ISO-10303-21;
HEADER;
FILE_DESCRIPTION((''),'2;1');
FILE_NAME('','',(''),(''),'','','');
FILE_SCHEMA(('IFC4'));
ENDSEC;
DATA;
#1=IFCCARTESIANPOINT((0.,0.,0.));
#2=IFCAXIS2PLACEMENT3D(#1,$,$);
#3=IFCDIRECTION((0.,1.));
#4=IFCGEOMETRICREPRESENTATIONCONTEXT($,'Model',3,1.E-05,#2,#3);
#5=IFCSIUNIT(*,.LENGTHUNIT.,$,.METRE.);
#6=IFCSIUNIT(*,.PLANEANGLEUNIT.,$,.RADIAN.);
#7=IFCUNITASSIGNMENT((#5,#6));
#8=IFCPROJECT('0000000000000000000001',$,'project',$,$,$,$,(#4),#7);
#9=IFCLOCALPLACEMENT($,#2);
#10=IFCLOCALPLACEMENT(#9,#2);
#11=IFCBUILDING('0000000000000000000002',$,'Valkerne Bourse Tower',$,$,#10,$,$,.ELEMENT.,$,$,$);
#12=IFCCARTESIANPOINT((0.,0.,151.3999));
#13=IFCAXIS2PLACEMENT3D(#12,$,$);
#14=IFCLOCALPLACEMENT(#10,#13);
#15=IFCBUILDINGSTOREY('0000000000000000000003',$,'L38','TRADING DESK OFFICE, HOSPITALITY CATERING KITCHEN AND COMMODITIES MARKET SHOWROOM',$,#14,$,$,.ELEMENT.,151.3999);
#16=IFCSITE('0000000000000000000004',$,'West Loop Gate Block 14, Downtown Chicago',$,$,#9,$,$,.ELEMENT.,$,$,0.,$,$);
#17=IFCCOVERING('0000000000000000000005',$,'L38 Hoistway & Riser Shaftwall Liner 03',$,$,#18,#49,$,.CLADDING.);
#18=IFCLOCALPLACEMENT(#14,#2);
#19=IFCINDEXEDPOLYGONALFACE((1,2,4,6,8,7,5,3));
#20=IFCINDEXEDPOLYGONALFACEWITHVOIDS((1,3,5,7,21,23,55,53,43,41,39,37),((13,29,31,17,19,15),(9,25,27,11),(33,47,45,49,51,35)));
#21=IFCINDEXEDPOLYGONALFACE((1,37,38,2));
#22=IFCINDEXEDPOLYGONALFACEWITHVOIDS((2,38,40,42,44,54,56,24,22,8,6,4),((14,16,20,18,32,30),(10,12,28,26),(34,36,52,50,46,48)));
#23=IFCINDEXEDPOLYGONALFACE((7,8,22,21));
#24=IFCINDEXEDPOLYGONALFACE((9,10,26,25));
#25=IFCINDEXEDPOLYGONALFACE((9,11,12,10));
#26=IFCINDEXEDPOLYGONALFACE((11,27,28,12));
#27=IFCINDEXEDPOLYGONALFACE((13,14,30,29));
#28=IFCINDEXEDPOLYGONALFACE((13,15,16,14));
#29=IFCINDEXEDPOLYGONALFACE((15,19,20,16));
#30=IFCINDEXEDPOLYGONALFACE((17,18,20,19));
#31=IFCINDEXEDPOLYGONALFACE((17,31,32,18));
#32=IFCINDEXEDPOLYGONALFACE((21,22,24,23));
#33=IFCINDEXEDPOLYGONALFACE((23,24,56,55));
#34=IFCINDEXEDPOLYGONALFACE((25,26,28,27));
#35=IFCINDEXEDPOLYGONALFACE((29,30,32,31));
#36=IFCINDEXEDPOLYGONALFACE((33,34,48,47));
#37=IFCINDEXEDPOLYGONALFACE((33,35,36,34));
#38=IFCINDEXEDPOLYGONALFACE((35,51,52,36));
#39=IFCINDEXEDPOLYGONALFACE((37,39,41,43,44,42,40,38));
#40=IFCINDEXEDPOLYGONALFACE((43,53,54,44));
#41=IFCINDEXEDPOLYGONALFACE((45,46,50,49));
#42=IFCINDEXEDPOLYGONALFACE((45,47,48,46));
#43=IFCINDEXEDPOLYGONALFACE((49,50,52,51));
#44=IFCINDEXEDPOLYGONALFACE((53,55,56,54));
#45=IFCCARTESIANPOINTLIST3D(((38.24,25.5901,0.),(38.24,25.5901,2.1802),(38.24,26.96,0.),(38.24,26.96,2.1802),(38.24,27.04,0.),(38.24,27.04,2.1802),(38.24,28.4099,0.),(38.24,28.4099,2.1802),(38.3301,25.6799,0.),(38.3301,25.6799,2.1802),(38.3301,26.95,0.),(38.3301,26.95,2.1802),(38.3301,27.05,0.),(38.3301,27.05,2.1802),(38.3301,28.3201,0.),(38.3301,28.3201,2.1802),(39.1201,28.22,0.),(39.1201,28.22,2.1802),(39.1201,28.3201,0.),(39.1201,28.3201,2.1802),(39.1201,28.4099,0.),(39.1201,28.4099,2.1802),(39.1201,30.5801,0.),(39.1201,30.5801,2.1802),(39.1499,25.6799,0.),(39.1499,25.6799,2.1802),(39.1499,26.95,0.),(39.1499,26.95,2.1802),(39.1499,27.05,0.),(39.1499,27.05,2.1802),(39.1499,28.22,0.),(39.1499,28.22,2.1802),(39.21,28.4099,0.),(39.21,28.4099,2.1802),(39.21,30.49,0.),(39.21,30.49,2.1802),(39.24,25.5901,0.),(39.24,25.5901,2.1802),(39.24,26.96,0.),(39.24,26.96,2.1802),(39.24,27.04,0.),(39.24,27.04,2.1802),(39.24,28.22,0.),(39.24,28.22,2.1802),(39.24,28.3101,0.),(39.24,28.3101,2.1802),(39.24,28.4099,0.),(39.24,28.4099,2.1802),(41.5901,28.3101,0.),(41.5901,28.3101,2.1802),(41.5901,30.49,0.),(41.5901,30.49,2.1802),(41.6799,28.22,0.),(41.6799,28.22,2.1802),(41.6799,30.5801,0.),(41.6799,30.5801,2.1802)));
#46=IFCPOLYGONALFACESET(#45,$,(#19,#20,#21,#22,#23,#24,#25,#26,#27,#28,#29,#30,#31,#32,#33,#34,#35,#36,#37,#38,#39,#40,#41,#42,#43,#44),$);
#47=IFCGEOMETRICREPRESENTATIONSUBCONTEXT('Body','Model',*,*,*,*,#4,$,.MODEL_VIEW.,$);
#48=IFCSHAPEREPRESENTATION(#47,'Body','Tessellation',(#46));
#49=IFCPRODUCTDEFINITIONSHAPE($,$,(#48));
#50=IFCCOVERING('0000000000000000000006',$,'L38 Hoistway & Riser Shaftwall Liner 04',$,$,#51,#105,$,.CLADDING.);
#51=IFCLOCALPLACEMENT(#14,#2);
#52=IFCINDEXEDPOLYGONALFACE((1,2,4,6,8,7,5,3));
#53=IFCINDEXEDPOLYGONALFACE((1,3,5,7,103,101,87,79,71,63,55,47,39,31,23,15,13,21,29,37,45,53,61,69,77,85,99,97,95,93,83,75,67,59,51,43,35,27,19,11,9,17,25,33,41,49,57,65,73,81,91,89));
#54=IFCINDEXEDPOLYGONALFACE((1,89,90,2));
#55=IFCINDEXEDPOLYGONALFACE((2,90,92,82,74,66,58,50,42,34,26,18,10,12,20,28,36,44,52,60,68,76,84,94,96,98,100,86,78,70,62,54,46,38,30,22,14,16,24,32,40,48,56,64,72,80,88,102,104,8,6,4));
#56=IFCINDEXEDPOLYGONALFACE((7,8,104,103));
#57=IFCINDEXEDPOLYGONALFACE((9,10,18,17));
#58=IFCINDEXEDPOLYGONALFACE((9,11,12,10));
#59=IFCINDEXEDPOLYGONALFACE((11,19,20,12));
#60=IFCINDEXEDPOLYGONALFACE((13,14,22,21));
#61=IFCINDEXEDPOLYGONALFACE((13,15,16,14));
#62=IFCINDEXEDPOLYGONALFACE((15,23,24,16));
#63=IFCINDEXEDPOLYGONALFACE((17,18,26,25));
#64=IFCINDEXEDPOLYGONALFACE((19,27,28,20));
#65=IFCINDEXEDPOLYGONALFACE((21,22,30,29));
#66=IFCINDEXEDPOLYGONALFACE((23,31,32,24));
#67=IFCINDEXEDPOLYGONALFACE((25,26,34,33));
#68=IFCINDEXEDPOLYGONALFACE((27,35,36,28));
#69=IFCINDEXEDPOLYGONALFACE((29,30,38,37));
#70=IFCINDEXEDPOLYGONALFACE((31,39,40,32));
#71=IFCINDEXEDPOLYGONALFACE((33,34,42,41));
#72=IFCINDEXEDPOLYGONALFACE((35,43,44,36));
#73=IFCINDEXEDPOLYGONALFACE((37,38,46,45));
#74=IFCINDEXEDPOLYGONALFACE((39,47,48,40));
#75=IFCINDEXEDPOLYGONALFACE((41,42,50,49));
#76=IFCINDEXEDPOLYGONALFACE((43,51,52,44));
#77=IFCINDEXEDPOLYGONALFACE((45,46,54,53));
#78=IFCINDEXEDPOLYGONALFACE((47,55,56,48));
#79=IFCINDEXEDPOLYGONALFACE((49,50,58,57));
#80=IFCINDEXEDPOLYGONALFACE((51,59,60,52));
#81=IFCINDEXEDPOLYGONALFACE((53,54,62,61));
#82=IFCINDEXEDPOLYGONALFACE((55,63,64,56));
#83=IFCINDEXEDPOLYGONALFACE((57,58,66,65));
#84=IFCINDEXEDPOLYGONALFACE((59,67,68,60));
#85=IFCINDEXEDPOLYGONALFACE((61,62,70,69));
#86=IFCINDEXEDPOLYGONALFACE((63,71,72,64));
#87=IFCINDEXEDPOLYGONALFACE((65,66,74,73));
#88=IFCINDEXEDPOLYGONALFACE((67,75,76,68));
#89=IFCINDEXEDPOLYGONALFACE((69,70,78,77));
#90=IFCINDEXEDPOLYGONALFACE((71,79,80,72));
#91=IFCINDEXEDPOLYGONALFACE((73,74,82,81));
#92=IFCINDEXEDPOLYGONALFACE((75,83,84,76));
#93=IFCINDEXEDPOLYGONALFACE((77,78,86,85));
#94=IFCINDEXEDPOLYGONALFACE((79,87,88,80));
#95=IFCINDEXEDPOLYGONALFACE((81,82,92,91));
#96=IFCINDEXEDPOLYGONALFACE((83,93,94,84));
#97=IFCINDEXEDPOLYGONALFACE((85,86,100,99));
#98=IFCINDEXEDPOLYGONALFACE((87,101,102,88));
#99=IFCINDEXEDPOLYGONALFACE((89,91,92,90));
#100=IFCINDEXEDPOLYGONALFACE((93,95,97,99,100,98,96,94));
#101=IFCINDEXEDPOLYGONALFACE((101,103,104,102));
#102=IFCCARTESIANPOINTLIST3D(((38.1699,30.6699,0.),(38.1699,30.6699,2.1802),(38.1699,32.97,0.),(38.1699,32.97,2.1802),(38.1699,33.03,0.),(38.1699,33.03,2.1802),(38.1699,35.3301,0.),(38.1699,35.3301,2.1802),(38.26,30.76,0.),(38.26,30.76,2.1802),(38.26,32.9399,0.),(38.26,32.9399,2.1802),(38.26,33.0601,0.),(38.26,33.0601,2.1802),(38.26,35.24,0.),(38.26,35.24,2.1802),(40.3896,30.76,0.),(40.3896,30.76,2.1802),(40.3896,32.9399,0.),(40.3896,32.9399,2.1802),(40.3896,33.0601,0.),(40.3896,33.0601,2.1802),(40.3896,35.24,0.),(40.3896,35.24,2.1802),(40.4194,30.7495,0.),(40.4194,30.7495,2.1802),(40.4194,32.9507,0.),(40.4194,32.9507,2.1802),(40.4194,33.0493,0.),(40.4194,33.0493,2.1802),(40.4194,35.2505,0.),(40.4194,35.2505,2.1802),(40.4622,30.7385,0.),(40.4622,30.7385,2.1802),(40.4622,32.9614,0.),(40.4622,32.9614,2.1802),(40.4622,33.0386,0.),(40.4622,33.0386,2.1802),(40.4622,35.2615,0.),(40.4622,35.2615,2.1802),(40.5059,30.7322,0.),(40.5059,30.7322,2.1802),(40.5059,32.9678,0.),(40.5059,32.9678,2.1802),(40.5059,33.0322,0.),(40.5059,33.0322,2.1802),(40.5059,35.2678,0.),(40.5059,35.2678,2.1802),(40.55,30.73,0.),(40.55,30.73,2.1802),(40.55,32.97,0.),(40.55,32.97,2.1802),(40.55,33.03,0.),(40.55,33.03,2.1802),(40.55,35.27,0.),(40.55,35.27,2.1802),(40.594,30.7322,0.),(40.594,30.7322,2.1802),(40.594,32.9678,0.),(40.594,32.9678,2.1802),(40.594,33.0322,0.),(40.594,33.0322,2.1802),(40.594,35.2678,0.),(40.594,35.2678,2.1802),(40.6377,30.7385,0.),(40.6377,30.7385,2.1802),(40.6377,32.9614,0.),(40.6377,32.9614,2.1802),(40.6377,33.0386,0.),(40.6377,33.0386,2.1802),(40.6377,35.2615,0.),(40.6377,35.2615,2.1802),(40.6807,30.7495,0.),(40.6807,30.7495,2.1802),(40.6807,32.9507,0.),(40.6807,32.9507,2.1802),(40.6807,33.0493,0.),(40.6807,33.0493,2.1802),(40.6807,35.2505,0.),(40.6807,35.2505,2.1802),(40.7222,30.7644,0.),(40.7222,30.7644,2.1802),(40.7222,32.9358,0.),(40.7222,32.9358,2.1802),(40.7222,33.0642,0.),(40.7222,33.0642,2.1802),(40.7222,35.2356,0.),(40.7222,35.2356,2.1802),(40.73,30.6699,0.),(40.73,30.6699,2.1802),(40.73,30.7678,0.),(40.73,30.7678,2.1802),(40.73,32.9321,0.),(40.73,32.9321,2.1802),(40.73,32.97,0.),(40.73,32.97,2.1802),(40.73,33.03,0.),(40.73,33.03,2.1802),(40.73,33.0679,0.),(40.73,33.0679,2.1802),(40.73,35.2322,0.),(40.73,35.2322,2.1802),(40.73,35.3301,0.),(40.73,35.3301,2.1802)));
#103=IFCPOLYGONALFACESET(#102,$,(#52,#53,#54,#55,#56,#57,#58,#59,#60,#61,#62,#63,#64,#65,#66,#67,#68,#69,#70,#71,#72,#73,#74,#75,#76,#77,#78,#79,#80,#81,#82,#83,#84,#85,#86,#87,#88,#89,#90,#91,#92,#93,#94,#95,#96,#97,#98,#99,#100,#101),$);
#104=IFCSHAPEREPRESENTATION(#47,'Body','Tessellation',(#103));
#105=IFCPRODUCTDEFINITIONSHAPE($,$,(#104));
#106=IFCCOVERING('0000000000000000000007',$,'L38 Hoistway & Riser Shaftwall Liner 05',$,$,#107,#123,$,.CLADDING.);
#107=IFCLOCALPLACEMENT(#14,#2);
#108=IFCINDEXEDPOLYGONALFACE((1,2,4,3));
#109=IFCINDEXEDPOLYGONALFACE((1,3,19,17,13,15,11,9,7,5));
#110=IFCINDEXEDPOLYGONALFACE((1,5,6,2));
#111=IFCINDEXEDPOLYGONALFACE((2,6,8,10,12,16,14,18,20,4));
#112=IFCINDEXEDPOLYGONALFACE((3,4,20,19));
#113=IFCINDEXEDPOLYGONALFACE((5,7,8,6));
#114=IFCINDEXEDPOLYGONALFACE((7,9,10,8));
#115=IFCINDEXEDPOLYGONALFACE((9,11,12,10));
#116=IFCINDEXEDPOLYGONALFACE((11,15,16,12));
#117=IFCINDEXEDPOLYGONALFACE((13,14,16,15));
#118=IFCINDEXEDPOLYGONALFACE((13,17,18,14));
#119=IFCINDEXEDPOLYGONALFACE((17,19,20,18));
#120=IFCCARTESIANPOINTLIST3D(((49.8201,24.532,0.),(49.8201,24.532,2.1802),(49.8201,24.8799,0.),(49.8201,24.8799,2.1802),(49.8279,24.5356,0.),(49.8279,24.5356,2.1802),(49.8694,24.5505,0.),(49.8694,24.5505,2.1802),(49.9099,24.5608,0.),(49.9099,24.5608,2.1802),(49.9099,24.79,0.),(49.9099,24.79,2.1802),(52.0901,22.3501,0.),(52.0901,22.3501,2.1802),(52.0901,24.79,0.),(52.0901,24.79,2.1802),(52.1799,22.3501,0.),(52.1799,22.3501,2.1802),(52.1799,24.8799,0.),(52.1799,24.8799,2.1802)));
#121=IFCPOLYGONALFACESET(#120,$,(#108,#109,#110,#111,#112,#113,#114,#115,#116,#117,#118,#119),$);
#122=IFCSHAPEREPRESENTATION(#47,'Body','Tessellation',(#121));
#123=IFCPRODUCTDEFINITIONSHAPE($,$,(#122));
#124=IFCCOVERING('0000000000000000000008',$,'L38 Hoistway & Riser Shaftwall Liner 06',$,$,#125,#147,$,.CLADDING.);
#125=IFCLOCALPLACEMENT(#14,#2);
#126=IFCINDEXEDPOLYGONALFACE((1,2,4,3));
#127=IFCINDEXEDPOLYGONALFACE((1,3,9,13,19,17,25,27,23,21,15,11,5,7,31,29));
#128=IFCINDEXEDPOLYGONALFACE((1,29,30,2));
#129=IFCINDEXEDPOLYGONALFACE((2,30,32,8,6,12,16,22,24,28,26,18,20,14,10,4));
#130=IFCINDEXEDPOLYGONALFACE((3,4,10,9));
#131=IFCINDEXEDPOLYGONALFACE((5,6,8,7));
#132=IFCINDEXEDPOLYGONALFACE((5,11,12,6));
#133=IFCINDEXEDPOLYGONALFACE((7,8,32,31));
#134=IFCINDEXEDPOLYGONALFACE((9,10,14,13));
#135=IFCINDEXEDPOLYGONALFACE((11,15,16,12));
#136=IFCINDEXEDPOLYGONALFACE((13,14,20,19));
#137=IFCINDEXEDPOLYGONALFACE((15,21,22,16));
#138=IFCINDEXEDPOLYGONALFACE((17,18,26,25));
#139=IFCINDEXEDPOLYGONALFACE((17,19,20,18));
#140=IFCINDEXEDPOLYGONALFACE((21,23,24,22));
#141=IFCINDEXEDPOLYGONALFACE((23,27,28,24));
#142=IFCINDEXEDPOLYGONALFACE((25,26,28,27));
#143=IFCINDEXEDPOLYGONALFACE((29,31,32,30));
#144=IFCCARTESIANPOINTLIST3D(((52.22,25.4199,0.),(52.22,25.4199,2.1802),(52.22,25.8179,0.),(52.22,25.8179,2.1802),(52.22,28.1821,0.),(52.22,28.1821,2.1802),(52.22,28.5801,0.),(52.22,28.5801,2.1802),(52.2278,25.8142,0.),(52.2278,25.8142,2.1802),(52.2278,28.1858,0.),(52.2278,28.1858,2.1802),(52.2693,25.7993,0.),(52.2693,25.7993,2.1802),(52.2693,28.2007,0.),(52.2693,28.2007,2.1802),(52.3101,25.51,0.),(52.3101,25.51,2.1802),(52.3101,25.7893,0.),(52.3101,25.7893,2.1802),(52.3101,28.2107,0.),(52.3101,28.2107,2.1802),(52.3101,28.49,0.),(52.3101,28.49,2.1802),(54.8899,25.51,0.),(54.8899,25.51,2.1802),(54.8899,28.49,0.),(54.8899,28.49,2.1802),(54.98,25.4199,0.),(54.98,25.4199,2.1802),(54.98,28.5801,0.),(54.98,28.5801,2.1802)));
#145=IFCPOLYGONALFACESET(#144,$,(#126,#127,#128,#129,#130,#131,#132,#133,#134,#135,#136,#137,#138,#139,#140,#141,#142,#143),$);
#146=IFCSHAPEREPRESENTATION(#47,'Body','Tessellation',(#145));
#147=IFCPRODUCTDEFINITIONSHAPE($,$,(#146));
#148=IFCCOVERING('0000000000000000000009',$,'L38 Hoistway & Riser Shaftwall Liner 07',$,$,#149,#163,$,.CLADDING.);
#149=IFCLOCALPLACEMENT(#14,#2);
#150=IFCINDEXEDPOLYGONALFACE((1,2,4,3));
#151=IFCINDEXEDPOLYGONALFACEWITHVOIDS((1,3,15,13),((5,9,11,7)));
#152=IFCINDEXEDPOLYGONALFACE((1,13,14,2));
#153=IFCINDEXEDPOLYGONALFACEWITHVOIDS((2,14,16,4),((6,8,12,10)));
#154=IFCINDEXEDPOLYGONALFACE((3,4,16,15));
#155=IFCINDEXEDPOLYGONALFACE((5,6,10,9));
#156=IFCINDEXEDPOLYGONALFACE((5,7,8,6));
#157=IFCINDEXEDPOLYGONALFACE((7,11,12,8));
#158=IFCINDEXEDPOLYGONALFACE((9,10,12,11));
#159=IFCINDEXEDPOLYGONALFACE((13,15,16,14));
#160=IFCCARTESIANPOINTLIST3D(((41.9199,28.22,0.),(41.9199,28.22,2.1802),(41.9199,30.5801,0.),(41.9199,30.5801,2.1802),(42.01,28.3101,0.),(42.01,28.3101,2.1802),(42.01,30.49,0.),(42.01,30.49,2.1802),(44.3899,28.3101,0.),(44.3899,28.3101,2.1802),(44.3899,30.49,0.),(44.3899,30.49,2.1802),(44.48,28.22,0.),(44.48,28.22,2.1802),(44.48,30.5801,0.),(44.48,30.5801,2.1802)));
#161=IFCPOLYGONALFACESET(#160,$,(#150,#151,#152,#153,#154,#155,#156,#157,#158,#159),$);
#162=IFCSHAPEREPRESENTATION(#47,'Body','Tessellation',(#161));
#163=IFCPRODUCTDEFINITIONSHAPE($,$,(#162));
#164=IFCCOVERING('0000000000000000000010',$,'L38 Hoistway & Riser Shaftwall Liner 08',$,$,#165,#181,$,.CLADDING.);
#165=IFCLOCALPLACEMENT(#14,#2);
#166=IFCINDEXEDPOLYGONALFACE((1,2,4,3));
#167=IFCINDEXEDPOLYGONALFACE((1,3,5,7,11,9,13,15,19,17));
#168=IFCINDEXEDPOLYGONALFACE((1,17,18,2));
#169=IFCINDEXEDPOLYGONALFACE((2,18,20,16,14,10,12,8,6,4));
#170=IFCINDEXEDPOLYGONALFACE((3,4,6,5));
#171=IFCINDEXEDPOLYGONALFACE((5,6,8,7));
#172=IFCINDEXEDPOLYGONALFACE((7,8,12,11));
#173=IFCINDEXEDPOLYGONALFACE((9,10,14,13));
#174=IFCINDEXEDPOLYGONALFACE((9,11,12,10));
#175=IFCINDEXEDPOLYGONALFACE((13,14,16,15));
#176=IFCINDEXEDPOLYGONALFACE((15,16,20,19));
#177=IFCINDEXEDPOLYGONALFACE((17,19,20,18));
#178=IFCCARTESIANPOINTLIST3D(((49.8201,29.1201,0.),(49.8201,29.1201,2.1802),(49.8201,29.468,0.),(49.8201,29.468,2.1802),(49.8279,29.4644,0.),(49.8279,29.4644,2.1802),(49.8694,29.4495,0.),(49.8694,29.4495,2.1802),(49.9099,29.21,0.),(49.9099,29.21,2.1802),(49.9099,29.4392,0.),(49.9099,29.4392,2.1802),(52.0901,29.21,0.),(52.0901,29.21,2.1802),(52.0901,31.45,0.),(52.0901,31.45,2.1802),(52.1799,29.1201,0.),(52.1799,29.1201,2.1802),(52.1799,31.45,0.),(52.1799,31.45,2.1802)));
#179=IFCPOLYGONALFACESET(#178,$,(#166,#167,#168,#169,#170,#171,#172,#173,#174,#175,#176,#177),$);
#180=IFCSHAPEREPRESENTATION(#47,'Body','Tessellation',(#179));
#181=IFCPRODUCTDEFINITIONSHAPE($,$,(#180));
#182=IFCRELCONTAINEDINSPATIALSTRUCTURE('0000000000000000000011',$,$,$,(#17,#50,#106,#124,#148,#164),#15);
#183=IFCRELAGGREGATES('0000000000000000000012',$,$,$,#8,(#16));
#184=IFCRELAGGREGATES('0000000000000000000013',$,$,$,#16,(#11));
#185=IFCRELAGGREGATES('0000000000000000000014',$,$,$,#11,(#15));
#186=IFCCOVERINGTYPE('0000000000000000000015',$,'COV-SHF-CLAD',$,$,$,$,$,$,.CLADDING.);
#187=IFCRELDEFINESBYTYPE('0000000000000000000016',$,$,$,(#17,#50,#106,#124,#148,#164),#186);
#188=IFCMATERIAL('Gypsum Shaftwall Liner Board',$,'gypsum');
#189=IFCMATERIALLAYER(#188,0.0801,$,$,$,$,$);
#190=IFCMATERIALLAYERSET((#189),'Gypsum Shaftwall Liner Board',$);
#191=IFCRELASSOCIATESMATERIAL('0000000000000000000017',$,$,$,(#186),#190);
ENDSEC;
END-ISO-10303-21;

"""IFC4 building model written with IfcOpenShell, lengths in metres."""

from ifc_helpers import new_model, si_unit, direction, frame, origin, place, context, subcontext, project, spatial, polyline, outline, extrude, material, layer, layer_set, type_object, element, save


model = new_model("IFC4")

# Units and contexts
model_context = context("Model", 3, precision=1e-05, world=origin(), true_north=direction((0.0, 1.0)))
body_context = subcontext(model_context, "Body", "Model", "MODEL_VIEW")
ifc_project = project(units=[si_unit("LENGTHUNIT", "METRE"), si_unit("PLANEANGLEUNIT", "RADIAN")], contexts=[model_context])

# Site, building, storey
site_placement = place(None, origin())
site = spatial("IfcSite", under=ifc_project, at=site_placement, Name="West Loop Gate Block 14, Downtown Chicago", CompositionType="ELEMENT", RefElevation=0.0)
building_placement = place(site_placement, origin())
building = spatial("IfcBuilding", under=site, at=building_placement, Name="Valkerne Bourse Tower", CompositionType="ELEMENT")
storey_placement = place(building_placement, frame((0.0, 0.0, 151.3999)))
storey = spatial("IfcBuildingStorey", under=building, at=storey_placement, Name="L38", Description="TRADING DESK OFFICE, HOSPITALITY CATERING KITCHEN AND COMMODITIES MARKET SHOWROOM", CompositionType="ELEMENT", Elevation=151.3999)

# Coverings
ifc_material_1 = material(Name="Gypsum Shaftwall Liner Board", Category="gypsum")
ifc_layer_1 = layer(ifc_material_1, 0.0801)
ifc_layer_set_1 = layer_set([ifc_layer_1], Name="Gypsum Shaftwall Liner Board")
covering_type_1 = type_object("IfcCoveringType", Name="COV-SHF-CLAD", PredefinedType="CLADDING", material=ifc_layer_set_1)
covering_1_placement = place(storey_placement, origin())
element("IfcCovering", 1, at=covering_1_placement, inside=storey, type_object=covering_type_1, Name="L38 Hoistway & Riser Shaftwall Liner 03", PredefinedType="CLADDING", context=body_context, shape_type="SweptSolid", body=[
    extrude(outline(polyline([(38.24, 28.4099), (39.1201, 28.4099), (39.1201, 30.5801), (41.6799, 30.5801), (41.6799, 28.22), (39.24, 28.22), (39.24, 27.04), (39.24, 26.96), (39.24, 25.5901), (38.24, 25.5901), (38.24, 26.96), (38.24, 27.04), (38.24, 28.4099)]), holes=[polyline([(38.3301, 26.95), (38.3301, 25.6799), (39.1499, 25.6799), (39.1499, 26.95), (38.3301, 26.95)]), polyline([(39.21, 30.49), (39.21, 28.4099), (39.24, 28.4099), (39.24, 28.3101), (41.5901, 28.3101), (41.5901, 30.49), (39.21, 30.49)]), polyline([(38.3301, 27.05), (39.1499, 27.05), (39.1499, 28.22), (39.1201, 28.22), (39.1201, 28.3201), (38.3301, 28.3201), (38.3301, 27.05)])]), origin(), (0.0, 0.0, 1.0), 2.1802),
])
covering_2_placement = place(storey_placement, origin())
element("IfcCovering", 2, at=covering_2_placement, inside=storey, type_object=covering_type_1, Name="L38 Hoistway & Riser Shaftwall Liner 04", PredefinedType="CLADDING", context=body_context, shape_type="SweptSolid", body=[
    extrude(outline(polyline([(38.1699, 35.3301), (40.73, 35.3301), (40.73, 35.2322), (40.7222, 35.2356), (40.6807, 35.2505), (40.6377, 35.2615), (40.594, 35.2678), (40.55, 35.27), (40.5059, 35.2678), (40.4622, 35.2615), (40.4194, 35.2505), (40.3896, 35.24), (38.26, 35.24), (38.26, 33.0601), (40.3896, 33.0601), (40.4194, 33.0493), (40.4622, 33.0386), (40.5059, 33.0322), (40.55, 33.03), (40.594, 33.0322), (40.6377, 33.0386), (40.6807, 33.0493), (40.7222, 33.0642), (40.73, 33.0679), (40.73, 33.03), (40.73, 32.97), (40.73, 32.9321), (40.7222, 32.9358), (40.6807, 32.9507), (40.6377, 32.9614), (40.594, 32.9678), (40.55, 32.97), (40.5059, 32.9678), (40.4622, 32.9614), (40.4194, 32.9507), (40.3896, 32.9399), (38.26, 32.9399), (38.26, 30.76), (40.3896, 30.76), (40.4194, 30.7495), (40.4622, 30.7385), (40.5059, 30.7322), (40.55, 30.73), (40.594, 30.7322), (40.6377, 30.7385), (40.6807, 30.7495), (40.7222, 30.7644), (40.73, 30.7678), (40.73, 30.6699), (38.1699, 30.6699), (38.1699, 32.97), (38.1699, 33.03), (38.1699, 35.3301)])), origin(), (0.0, 0.0, 1.0), 2.1802),
])
covering_3_placement = place(storey_placement, origin())
element("IfcCovering", 3, at=covering_3_placement, inside=storey, type_object=covering_type_1, Name="L38 Hoistway & Riser Shaftwall Liner 05", PredefinedType="CLADDING", context=body_context, shape_type="SweptSolid", body=[
    extrude(outline(polyline([(52.1799, 22.3501), (52.0901, 22.3501), (52.0901, 24.79), (49.9099, 24.79), (49.9099, 24.5608), (49.8694, 24.5505), (49.8279, 24.5356), (49.8201, 24.532), (49.8201, 24.8799), (52.1799, 24.8799), (52.1799, 22.3501)])), origin(), (0.0, 0.0, 1.0), 2.1802),
])
covering_4_placement = place(storey_placement, origin())
element("IfcCovering", 4, at=covering_4_placement, inside=storey, type_object=covering_type_1, Name="L38 Hoistway & Riser Shaftwall Liner 06", PredefinedType="CLADDING", context=body_context, shape_type="SweptSolid", body=[
    extrude(outline(polyline([(54.98, 25.4199), (52.22, 25.4199), (52.22, 25.8179), (52.2278, 25.8142), (52.2693, 25.7993), (52.3101, 25.7893), (52.3101, 25.51), (54.8899, 25.51), (54.8899, 28.49), (52.3101, 28.49), (52.3101, 28.2107), (52.2693, 28.2007), (52.2278, 28.1858), (52.22, 28.1821), (52.22, 28.5801), (54.98, 28.5801), (54.98, 25.4199)])), origin(), (0.0, 0.0, 1.0), 2.1802),
])
covering_5_placement = place(storey_placement, origin())
element("IfcCovering", 5, at=covering_5_placement, inside=storey, type_object=covering_type_1, Name="L38 Hoistway & Riser Shaftwall Liner 07", PredefinedType="CLADDING", context=body_context, shape_type="SweptSolid", body=[
    extrude(outline(polyline([(44.48, 28.22), (41.9199, 28.22), (41.9199, 30.5801), (44.48, 30.5801), (44.48, 28.22)]), holes=[polyline([(42.01, 30.49), (42.01, 28.3101), (44.3899, 28.3101), (44.3899, 30.49), (42.01, 30.49)])]), origin(), (0.0, 0.0, 1.0), 2.1802),
])
covering_6_placement = place(storey_placement, origin())
element("IfcCovering", 6, at=covering_6_placement, inside=storey, type_object=covering_type_1, Name="L38 Hoistway & Riser Shaftwall Liner 08", PredefinedType="CLADDING", context=body_context, shape_type="SweptSolid", body=[
    extrude(outline(polyline([(49.8201, 29.1201), (49.8201, 29.468), (49.8279, 29.4644), (49.8694, 29.4495), (49.9099, 29.4392), (49.9099, 29.21), (52.0901, 29.21), (52.0901, 31.45), (52.1799, 31.45), (52.1799, 29.1201), (49.8201, 29.1201)])), origin(), (0.0, 0.0, 1.0), 2.1802),
])

save(model, "model.ifc")
